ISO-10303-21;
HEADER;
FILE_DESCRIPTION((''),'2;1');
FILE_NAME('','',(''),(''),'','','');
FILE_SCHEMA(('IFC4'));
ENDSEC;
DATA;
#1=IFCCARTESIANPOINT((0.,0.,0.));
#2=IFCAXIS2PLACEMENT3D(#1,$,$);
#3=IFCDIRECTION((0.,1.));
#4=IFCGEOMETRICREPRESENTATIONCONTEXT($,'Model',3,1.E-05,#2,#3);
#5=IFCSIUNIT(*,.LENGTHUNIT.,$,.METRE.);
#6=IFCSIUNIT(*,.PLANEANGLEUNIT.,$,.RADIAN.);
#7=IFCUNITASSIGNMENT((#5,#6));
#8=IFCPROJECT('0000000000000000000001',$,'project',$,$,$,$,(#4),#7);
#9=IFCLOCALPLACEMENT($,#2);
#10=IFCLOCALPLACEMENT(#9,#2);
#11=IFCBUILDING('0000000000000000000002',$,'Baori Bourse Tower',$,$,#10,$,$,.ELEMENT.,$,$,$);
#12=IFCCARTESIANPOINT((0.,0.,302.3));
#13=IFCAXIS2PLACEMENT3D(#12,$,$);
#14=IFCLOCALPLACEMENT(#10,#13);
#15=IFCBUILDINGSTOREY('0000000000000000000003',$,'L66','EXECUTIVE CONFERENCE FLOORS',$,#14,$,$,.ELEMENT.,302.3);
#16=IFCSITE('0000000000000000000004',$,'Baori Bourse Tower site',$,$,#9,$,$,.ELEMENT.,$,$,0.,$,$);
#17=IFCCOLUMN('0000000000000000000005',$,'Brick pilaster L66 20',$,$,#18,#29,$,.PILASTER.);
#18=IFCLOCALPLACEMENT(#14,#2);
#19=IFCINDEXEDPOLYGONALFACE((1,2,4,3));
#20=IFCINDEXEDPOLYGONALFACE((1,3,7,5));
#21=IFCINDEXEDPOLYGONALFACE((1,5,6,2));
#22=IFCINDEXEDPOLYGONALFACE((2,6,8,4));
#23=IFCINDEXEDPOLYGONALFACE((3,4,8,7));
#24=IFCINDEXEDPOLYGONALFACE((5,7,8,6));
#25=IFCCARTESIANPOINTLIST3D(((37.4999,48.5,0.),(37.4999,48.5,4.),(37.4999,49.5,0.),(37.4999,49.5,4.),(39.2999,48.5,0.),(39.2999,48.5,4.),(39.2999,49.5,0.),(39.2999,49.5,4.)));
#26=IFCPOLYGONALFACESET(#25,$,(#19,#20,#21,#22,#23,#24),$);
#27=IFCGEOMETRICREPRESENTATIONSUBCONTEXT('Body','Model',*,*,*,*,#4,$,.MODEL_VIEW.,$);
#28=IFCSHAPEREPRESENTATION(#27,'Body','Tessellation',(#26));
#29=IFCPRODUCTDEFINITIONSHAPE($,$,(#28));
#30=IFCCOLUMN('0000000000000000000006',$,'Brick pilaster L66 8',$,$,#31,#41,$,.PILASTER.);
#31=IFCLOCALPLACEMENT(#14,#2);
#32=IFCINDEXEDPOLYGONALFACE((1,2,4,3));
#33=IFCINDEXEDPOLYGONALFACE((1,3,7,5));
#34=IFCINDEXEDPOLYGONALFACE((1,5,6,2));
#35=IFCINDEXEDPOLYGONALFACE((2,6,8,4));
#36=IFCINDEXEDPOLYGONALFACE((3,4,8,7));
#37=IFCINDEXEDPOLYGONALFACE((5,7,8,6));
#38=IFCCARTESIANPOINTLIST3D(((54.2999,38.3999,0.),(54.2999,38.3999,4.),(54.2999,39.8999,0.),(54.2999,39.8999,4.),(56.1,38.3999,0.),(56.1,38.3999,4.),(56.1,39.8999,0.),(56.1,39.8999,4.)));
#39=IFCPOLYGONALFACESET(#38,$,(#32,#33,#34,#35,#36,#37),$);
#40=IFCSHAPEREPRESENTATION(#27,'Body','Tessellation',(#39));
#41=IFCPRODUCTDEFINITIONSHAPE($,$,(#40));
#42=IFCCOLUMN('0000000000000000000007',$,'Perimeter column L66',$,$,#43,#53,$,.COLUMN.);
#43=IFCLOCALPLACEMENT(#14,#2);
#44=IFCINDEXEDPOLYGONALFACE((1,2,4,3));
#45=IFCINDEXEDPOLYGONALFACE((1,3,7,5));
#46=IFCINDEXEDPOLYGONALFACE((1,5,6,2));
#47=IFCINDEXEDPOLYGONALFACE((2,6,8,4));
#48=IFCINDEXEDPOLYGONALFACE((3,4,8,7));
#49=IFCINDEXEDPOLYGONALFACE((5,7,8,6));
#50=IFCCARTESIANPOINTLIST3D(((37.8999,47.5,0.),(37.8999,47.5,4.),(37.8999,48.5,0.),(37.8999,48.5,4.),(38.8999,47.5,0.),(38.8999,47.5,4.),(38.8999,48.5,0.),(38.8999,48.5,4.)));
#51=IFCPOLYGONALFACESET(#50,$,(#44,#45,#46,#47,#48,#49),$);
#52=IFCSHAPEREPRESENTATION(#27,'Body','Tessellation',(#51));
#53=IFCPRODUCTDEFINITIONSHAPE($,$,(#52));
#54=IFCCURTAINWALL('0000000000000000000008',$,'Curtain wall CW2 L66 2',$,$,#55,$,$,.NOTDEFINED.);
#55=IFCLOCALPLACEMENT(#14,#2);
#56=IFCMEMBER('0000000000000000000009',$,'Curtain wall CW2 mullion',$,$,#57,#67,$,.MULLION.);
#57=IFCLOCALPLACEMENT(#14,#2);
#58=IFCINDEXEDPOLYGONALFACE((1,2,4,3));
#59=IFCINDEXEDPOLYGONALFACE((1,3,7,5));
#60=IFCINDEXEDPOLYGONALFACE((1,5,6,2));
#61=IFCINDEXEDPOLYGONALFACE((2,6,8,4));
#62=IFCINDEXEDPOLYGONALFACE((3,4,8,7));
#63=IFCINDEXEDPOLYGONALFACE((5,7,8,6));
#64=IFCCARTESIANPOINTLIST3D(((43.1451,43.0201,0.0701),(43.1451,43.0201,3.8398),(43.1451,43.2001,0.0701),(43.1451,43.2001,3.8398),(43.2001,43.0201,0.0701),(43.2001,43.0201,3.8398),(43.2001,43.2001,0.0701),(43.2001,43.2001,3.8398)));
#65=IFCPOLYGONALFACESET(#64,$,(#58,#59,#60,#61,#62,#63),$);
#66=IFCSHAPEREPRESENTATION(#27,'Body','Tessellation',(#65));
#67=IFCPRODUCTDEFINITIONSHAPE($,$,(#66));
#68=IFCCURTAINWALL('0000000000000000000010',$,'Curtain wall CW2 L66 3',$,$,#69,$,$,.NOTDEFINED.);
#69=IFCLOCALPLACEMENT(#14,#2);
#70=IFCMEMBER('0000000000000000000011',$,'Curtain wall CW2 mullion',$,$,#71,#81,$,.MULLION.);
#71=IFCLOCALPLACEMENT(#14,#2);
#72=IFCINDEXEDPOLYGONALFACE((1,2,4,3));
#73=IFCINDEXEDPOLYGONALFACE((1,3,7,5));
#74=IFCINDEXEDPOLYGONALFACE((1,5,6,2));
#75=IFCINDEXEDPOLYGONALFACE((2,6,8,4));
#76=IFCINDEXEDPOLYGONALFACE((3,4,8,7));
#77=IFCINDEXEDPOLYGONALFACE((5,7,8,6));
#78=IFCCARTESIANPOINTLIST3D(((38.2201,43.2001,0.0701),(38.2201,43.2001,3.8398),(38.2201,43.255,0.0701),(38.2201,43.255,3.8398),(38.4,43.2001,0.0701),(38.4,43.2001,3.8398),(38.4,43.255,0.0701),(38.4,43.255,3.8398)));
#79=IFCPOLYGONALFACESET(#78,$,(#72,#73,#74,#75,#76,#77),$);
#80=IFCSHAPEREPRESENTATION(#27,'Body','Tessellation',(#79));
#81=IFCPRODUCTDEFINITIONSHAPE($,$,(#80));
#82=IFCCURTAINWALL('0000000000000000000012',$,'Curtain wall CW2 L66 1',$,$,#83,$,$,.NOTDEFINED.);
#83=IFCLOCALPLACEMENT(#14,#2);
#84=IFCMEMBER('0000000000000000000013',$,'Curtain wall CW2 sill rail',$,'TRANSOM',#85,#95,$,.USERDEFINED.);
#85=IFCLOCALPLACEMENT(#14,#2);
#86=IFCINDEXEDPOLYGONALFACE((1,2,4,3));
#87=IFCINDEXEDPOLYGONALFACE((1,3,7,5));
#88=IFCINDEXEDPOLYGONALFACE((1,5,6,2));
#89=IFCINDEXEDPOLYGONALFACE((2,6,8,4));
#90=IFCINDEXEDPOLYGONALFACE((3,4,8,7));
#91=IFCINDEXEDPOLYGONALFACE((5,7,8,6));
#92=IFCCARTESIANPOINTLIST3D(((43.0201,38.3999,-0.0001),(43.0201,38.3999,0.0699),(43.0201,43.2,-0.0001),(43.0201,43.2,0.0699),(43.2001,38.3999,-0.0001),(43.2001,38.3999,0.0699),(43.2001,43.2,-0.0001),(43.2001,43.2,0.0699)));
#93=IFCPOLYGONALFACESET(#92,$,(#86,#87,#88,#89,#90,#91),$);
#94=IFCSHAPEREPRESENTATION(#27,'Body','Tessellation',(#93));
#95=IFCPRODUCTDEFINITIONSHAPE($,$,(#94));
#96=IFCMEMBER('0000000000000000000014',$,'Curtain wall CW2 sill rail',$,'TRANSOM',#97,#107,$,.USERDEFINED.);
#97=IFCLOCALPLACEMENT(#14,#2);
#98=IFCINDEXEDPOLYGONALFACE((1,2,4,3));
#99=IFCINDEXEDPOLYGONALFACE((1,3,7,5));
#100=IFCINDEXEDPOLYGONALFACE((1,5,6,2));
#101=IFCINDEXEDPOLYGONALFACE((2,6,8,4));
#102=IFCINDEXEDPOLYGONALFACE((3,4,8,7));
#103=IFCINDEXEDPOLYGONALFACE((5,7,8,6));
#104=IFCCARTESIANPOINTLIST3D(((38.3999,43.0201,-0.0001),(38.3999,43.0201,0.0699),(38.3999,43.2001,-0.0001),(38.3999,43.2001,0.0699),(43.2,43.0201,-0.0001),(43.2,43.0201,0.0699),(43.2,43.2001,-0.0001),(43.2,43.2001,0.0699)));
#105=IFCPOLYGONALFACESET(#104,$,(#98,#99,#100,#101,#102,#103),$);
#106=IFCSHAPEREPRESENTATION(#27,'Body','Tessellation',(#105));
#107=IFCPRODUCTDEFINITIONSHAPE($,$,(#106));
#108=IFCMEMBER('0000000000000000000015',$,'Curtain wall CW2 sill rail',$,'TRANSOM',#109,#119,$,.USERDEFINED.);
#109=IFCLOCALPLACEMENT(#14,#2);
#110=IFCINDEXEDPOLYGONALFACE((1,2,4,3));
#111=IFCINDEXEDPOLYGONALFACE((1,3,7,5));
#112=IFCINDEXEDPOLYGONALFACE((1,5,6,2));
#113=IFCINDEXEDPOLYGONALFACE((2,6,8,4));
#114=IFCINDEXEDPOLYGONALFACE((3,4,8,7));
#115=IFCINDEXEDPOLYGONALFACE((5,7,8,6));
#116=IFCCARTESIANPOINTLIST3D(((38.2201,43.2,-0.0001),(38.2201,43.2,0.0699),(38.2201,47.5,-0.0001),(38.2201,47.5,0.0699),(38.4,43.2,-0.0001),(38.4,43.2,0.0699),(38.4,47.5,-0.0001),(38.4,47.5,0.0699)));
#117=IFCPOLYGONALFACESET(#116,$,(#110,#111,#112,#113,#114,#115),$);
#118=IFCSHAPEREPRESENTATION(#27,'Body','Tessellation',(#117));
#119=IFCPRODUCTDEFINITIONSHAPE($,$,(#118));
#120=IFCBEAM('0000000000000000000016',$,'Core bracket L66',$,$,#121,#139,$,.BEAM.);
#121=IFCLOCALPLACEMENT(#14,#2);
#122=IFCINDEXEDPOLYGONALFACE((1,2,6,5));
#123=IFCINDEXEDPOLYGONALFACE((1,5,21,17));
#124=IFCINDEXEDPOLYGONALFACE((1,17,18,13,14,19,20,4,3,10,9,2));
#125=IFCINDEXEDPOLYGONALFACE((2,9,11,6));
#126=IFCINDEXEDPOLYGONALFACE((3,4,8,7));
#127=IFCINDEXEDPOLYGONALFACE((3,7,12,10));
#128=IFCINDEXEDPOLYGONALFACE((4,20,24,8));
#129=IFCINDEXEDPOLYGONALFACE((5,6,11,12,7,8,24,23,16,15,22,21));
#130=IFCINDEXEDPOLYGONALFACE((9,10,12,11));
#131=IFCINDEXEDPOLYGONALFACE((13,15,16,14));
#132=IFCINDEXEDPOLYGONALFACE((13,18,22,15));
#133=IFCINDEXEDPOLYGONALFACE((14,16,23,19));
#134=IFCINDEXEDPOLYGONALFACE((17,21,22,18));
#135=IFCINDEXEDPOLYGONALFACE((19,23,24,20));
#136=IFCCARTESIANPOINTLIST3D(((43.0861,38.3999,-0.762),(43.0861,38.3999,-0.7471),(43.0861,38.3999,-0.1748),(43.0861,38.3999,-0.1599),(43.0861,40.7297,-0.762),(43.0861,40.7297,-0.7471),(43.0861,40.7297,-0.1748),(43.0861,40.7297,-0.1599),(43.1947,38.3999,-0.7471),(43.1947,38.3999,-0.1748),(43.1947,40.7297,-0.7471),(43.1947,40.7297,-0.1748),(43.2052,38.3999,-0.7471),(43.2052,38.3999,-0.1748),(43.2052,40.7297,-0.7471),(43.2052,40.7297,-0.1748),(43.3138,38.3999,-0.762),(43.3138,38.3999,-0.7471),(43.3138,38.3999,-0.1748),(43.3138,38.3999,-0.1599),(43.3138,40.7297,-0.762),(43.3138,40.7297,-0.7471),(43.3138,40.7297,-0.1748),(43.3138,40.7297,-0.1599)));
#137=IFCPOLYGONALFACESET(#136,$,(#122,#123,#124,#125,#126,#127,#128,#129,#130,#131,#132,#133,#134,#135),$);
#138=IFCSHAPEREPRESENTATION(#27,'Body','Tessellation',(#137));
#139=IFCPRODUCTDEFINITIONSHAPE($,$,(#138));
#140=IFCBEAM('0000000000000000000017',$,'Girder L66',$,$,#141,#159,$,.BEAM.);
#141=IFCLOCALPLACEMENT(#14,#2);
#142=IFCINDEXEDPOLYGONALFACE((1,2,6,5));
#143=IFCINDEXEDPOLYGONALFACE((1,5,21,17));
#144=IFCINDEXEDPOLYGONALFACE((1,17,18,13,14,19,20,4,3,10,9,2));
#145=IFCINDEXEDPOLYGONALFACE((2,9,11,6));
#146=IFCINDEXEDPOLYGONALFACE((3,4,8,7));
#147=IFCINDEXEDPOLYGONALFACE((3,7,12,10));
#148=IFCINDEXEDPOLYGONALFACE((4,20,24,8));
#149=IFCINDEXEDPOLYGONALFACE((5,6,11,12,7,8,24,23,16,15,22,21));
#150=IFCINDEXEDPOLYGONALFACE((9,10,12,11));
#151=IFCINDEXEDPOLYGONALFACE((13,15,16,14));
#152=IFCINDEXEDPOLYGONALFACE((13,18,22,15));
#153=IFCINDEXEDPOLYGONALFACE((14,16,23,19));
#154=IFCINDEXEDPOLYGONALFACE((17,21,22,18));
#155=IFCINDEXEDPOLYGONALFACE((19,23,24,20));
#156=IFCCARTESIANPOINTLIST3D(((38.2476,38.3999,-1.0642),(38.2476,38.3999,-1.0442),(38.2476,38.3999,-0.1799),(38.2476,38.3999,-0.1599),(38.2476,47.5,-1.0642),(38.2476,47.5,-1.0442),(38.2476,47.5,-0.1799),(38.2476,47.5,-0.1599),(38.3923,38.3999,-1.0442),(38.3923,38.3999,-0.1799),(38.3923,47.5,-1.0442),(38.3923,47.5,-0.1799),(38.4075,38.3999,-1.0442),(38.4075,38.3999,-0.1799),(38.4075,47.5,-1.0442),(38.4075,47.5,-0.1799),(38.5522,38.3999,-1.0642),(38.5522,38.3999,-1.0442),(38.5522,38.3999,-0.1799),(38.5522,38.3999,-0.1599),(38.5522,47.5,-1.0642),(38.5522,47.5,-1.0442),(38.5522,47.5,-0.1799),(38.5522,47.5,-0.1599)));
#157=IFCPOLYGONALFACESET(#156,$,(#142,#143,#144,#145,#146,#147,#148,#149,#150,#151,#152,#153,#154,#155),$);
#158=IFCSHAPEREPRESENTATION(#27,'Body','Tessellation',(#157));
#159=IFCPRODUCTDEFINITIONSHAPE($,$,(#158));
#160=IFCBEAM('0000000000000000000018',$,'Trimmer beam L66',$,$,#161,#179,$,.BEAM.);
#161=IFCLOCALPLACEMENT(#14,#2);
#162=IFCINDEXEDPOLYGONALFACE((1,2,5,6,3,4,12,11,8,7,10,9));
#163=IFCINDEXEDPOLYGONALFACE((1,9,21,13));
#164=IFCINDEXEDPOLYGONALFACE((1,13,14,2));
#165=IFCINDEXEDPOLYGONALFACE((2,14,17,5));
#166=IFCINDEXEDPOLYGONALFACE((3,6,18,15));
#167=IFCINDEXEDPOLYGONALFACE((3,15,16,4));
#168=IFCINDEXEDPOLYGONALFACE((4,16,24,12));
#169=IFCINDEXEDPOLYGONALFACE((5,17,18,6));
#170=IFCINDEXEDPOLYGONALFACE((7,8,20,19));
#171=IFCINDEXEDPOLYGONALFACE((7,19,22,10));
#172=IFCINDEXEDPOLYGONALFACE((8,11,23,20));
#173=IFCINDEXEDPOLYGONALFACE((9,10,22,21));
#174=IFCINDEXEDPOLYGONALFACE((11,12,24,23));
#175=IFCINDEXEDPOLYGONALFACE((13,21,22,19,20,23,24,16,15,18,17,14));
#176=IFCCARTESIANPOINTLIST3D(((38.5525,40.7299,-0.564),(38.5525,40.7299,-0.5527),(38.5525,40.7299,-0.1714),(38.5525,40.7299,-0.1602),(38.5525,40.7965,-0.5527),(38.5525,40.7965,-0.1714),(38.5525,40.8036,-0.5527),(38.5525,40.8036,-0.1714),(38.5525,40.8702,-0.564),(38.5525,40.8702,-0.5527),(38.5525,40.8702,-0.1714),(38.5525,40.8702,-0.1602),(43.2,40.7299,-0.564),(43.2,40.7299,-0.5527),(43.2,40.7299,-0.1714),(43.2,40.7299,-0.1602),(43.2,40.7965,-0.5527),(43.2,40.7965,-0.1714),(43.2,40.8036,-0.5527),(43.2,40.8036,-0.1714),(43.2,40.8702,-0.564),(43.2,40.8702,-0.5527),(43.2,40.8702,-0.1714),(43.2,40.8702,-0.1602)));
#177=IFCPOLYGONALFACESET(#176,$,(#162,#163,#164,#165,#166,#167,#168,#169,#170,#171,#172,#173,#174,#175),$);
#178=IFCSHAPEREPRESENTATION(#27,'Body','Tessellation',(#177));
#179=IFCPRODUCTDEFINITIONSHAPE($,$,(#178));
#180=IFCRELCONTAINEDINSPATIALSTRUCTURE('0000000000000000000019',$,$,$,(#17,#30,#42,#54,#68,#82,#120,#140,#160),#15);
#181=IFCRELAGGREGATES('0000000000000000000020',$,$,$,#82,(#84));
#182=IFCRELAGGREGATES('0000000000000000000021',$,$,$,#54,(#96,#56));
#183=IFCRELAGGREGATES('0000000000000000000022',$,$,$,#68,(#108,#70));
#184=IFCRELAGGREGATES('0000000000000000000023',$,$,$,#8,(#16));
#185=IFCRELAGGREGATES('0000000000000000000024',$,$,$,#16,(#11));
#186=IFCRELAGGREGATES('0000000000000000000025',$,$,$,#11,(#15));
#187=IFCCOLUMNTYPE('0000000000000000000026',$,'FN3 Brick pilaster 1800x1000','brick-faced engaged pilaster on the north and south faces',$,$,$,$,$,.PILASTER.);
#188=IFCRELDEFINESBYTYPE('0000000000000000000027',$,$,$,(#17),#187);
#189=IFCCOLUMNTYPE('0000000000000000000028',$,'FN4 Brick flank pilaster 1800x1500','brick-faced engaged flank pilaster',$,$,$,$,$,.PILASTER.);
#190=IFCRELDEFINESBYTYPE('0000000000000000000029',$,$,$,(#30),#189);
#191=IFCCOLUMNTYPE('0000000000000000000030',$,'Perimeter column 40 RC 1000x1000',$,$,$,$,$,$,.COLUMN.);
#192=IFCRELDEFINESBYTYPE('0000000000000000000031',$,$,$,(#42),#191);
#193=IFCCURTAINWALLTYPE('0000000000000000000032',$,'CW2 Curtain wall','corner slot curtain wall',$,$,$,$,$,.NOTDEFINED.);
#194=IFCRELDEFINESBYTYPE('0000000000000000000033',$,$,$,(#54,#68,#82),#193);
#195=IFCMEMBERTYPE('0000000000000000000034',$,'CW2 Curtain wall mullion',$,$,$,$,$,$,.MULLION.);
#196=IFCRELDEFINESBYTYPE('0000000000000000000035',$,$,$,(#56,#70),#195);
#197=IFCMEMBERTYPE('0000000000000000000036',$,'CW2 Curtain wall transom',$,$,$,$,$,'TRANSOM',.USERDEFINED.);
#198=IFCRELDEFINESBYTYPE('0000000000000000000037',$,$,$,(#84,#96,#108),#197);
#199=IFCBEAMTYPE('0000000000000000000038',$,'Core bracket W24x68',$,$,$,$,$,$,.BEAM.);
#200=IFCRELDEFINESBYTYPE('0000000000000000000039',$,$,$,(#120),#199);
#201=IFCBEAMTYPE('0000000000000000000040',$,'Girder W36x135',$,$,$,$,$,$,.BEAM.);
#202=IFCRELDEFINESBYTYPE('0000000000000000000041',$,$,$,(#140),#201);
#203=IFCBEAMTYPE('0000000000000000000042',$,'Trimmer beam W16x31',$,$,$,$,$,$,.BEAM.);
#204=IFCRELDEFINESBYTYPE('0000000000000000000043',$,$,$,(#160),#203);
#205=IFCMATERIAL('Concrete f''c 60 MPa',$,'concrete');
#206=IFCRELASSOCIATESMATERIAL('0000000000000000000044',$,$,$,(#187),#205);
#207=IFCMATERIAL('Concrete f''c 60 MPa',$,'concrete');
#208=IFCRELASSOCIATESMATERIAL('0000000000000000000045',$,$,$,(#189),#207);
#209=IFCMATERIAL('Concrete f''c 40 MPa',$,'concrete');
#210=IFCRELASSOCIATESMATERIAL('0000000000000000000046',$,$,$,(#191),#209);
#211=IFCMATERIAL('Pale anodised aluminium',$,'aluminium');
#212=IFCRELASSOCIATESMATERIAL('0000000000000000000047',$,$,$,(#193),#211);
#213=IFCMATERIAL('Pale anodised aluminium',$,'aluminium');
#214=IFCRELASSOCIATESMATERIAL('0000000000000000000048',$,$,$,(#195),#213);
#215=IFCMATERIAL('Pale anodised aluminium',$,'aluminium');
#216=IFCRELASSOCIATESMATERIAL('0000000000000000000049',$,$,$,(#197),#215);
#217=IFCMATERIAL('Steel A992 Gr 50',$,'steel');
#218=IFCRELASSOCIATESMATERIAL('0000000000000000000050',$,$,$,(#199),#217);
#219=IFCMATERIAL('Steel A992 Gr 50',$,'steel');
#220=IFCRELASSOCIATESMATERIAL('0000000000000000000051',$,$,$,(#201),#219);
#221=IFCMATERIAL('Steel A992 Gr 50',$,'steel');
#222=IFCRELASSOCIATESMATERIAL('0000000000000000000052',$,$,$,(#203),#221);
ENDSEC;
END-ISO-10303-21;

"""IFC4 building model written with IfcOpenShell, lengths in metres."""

from ifc_helpers import new_model, si_unit, direction, frame, origin, origin_2d, place, context, subcontext, project, spatial, rectangle, i_section, extrude, material, material_profile, profile_set, type_object, element, aggregate, save


model = new_model("IFC4")

# Units and contexts
model_context = context("Model", 3, precision=1e-05, world=origin(), true_north=direction((0.0, 1.0)))
body_context = subcontext(model_context, "Body", "Model", "MODEL_VIEW")
ifc_project = project(units=[si_unit("LENGTHUNIT", "METRE"), si_unit("PLANEANGLEUNIT", "RADIAN")], contexts=[model_context])

# Site, building, storey
site_placement = place(None, origin())
site = spatial("IfcSite", under=ifc_project, at=site_placement, Name="Baori Bourse Tower site", CompositionType="ELEMENT", RefElevation=0.0)
building_placement = place(site_placement, origin())
building = spatial("IfcBuilding", under=site, at=building_placement, Name="Baori Bourse Tower", CompositionType="ELEMENT")
storey_placement = place(building_placement, frame((0.0, 0.0, 302.3)))
storey = spatial("IfcBuildingStorey", under=building, at=storey_placement, Name="L66", Description="EXECUTIVE CONFERENCE FLOORS", CompositionType="ELEMENT", Elevation=302.3)

# Columns
ifc_material_1 = material(Name="Concrete f'c 60 MPa", Category="concrete")
ifc_material_profile_1 = material_profile(ifc_material_1, rectangle(XDim=1.8, YDim=1.0, at=origin_2d()), Name="RC 1800x1000")
ifc_profile_set_1 = profile_set([ifc_material_profile_1], Name="Concrete f'c 60 MPa")
column_type_1 = type_object("IfcColumnType", Name="FN3 Brick pilaster 1800x1000", Description="brick-faced engaged pilaster on the north and south faces", PredefinedType="PILASTER", material=ifc_profile_set_1)
column_1_placement = place(storey_placement, frame((38.3999, 49.0, 0.0), z_axis=(0.0, 0.0, 1.0), x_axis=(1.0, 0.0, 0.0)))
element("IfcColumn", 1, at=column_1_placement, inside=storey, type_object=column_type_1, Name="Brick pilaster L66 20", PredefinedType="PILASTER", context=body_context, shape_type="SweptSolid", body=[
    extrude(rectangle(XDim=1.8, YDim=1.0, at=origin_2d()), origin(), (0.0, 0.0, 1.0), 4.0),
])
ifc_material_2 = material(Name="Concrete f'c 60 MPa", Category="concrete")
ifc_material_profile_2 = material_profile(ifc_material_2, rectangle(XDim=1.8, YDim=1.5, at=origin_2d()), Name="RC 1800x1500")
ifc_profile_set_2 = profile_set([ifc_material_profile_2], Name="Concrete f'c 60 MPa")
column_type_2 = type_object("IfcColumnType", Name="FN4 Brick flank pilaster 1800x1500", Description="brick-faced engaged flank pilaster", PredefinedType="PILASTER", material=ifc_profile_set_2)
column_2_placement = place(storey_placement, frame((55.2, 39.1499, 0.0), z_axis=(0.0, 0.0, 1.0), x_axis=(1.0, 0.0, 0.0)))
element("IfcColumn", 2, at=column_2_placement, inside=storey, type_object=column_type_2, Name="Brick pilaster L66 8", PredefinedType="PILASTER", context=body_context, shape_type="SweptSolid", body=[
    extrude(rectangle(XDim=1.8, YDim=1.5, at=origin_2d()), origin(), (0.0, 0.0, 1.0), 4.0),
])
ifc_material_3 = material(Name="Concrete f'c 40 MPa", Category="concrete")
ifc_material_profile_3 = material_profile(ifc_material_3, rectangle(XDim=1.0, YDim=1.0, at=origin_2d()), Name="RC 1000x1000")
ifc_profile_set_3 = profile_set([ifc_material_profile_3], Name="Concrete f'c 40 MPa")
column_type_3 = type_object("IfcColumnType", Name="Perimeter column 40 RC 1000x1000", PredefinedType="COLUMN", material=ifc_profile_set_3)
column_3_placement = place(storey_placement, frame((38.3999, 48.0, 0.0), z_axis=(0.0, 0.0, 1.0), x_axis=(1.0, 0.0, 0.0)))
element("IfcColumn", 3, at=column_3_placement, inside=storey, type_object=column_type_3, Name="Perimeter column L66", PredefinedType="COLUMN", context=body_context, shape_type="SweptSolid", body=[
    extrude(rectangle(XDim=1.0, YDim=1.0, at=origin_2d()), origin(), (0.0, 0.0, 1.0), 4.0),
])

# Curtain walls, members
ifc_material_4 = material(Name="Pale anodised aluminium", Category="aluminium")
curtain_wall_type = type_object("IfcCurtainWallType", Name="CW2 Curtain wall", Description="corner slot curtain wall", PredefinedType="NOTDEFINED", material=ifc_material_4)
curtain_wall_1_placement = place(storey_placement, origin())
curtain_wall_1 = element("IfcCurtainWall", 4, at=curtain_wall_1_placement, inside=storey, type_object=curtain_wall_type, Name="Curtain wall CW2 L66 2", PredefinedType="NOTDEFINED")
ifc_material_5 = material(Name="Pale anodised aluminium", Category="aluminium")
ifc_material_profile_4 = material_profile(ifc_material_5, rectangle(XDim=0.1799, YDim=0.0549, at=origin_2d()), Name="Mullion 55x180")
ifc_profile_set_4 = profile_set([ifc_material_profile_4], Name="Pale anodised aluminium")
member_type_1 = type_object("IfcMemberType", Name="CW2 Curtain wall mullion", PredefinedType="MULLION", material=ifc_profile_set_4)
member_1_placement = place(storey_placement, frame((43.1726, 43.1101, 0.0701), z_axis=(0.0, 0.0, 1.0), x_axis=(0.0, -1.0, 0.0)))
member_1 = element("IfcMember", 5, at=member_1_placement, type_object=member_type_1, Name="Curtain wall CW2 mullion", PredefinedType="MULLION", context=body_context, shape_type="SweptSolid", body=[
    extrude(rectangle(XDim=0.1799, YDim=0.0549, at=origin_2d()), origin(), (0.0, 0.0, 1.0), 3.7698),
])
curtain_wall_2_placement = place(storey_placement, origin())
curtain_wall_2 = element("IfcCurtainWall", 6, at=curtain_wall_2_placement, inside=storey, type_object=curtain_wall_type, Name="Curtain wall CW2 L66 3", PredefinedType="NOTDEFINED")
member_2_placement = place(storey_placement, frame((38.3101, 43.2275, 0.0701), z_axis=(0.0, 0.0, 1.0), x_axis=(-1.0, 0.0, 0.0)))
member_2 = element("IfcMember", 7, at=member_2_placement, type_object=member_type_1, Name="Curtain wall CW2 mullion", PredefinedType="MULLION", context=body_context, shape_type="SweptSolid", body=[
    extrude(rectangle(XDim=0.1799, YDim=0.0549, at=origin_2d()), origin(), (0.0, 0.0, 1.0), 3.7698),
])
curtain_wall_3_placement = place(storey_placement, origin())
curtain_wall_3 = element("IfcCurtainWall", 8, at=curtain_wall_3_placement, inside=storey, type_object=curtain_wall_type, Name="Curtain wall CW2 L66 1", PredefinedType="NOTDEFINED")
ifc_material_6 = material(Name="Pale anodised aluminium", Category="aluminium")
ifc_material_profile_5 = material_profile(ifc_material_6, rectangle(XDim=0.1799, YDim=0.0701, at=origin_2d()), Name="Transom 70x180")
ifc_profile_set_5 = profile_set([ifc_material_profile_5], Name="Pale anodised aluminium")
member_type_2 = type_object("IfcMemberType", Name="CW2 Curtain wall transom", ElementType="TRANSOM", PredefinedType="USERDEFINED", material=ifc_profile_set_5)
member_3_placement = place(storey_placement, frame((43.1101, 38.3999, 0.0349), z_axis=(0.0, 1.0, 0.0), x_axis=(-1.0, 0.0, 0.0)))
member_3 = element("IfcMember", 9, at=member_3_placement, type_object=member_type_2, Name="Curtain wall CW2 sill rail", ObjectType="TRANSOM", PredefinedType="USERDEFINED", context=body_context, shape_type="SweptSolid", body=[
    extrude(rectangle(XDim=0.1799, YDim=0.0701, at=origin_2d()), origin(), (0.0, 0.0, 1.0), 4.8),
])

# Members
member_4_placement = place(storey_placement, frame((43.2, 43.1101, 0.0349), z_axis=(-1.0, 0.0, 0.0), x_axis=(0.0, -1.0, 0.0)))
member_4 = element("IfcMember", 10, at=member_4_placement, type_object=member_type_2, Name="Curtain wall CW2 sill rail", ObjectType="TRANSOM", PredefinedType="USERDEFINED", context=body_context, shape_type="SweptSolid", body=[
    extrude(rectangle(XDim=0.1799, YDim=0.0701, at=origin_2d()), origin(), (0.0, 0.0, 1.0), 4.8),
])
member_5_placement = place(storey_placement, frame((38.3101, 43.2, 0.0349), z_axis=(0.0, 1.0, 0.0), x_axis=(-1.0, 0.0, 0.0)))
member_5 = element("IfcMember", 11, at=member_5_placement, type_object=member_type_2, Name="Curtain wall CW2 sill rail", ObjectType="TRANSOM", PredefinedType="USERDEFINED", context=body_context, shape_type="SweptSolid", body=[
    extrude(rectangle(XDim=0.1799, YDim=0.0701, at=origin_2d()), origin(), (0.0, 0.0, 1.0), 4.3),
])

# Beams
ifc_material_7 = material(Name="Steel A992 Gr 50", Category="steel")
ifc_material_profile_6 = material_profile(ifc_material_7, i_section(OverallWidth=0.2278, OverallDepth=0.6021, WebThickness=0.0105, FlangeThickness=0.0149, at=origin_2d()), Name="W24x68")
ifc_profile_set_6 = profile_set([ifc_material_profile_6], Name="Steel A992 Gr 50")
beam_type_1 = type_object("IfcBeamType", Name="Core bracket W24x68", PredefinedType="BEAM", material=ifc_profile_set_6)
beam_1_placement = place(storey_placement, frame((43.2, 38.3999, -0.4609), z_axis=(0.0, 1.0, 0.0), x_axis=(-1.0, 0.0, 0.0)))
element("IfcBeam", 12, at=beam_1_placement, inside=storey, type_object=beam_type_1, Name="Core bracket L66", PredefinedType="BEAM", context=body_context, shape_type="SweptSolid", body=[
    extrude(i_section(OverallWidth=0.2278, OverallDepth=0.6021, WebThickness=0.0105, FlangeThickness=0.0149, at=origin_2d()), origin(), (0.0, 0.0, 1.0), 2.3298),
])
ifc_material_8 = material(Name="Steel A992 Gr 50", Category="steel")
ifc_material_profile_7 = material_profile(ifc_material_8, i_section(OverallWidth=0.3047, OverallDepth=0.9043, WebThickness=0.0151, FlangeThickness=0.02, at=origin_2d()), Name="W36x135")
ifc_profile_set_7 = profile_set([ifc_material_profile_7], Name="Steel A992 Gr 50")
beam_type_2 = type_object("IfcBeamType", Name="Girder W36x135", PredefinedType="BEAM", material=ifc_profile_set_7)
beam_2_placement = place(storey_placement, frame((38.3999, 38.3999, -0.6121), z_axis=(0.0, 1.0, 0.0), x_axis=(-1.0, 0.0, 0.0)))
element("IfcBeam", 13, at=beam_2_placement, inside=storey, type_object=beam_type_2, Name="Girder L66", PredefinedType="BEAM", context=body_context, shape_type="SweptSolid", body=[
    extrude(i_section(OverallWidth=0.3047, OverallDepth=0.9043, WebThickness=0.0151, FlangeThickness=0.02, at=origin_2d()), origin(), (0.0, 0.0, 1.0), 9.1001),
])
ifc_material_9 = material(Name="Steel A992 Gr 50", Category="steel")
ifc_material_profile_8 = material_profile(ifc_material_9, i_section(OverallWidth=0.1404, OverallDepth=0.4038, WebThickness=0.0071, FlangeThickness=0.0112, at=origin_2d()), Name="W16x31")
ifc_profile_set_8 = profile_set([ifc_material_profile_8], Name="Steel A992 Gr 50")
beam_type_3 = type_object("IfcBeamType", Name="Trimmer beam W16x31", PredefinedType="BEAM", material=ifc_profile_set_8)
beam_3_placement = place(storey_placement, frame((38.5525, 40.8, -0.3621), z_axis=(1.0, 0.0, 0.0), x_axis=(0.0, 1.0, 0.0)))
element("IfcBeam", 14, at=beam_3_placement, inside=storey, type_object=beam_type_3, Name="Trimmer beam L66", PredefinedType="BEAM", context=body_context, shape_type="SweptSolid", body=[
    extrude(i_section(OverallWidth=0.1404, OverallDepth=0.4038, WebThickness=0.0071, FlangeThickness=0.0112, at=origin_2d()), origin(), (0.0, 0.0, 1.0), 4.6475),
])

aggregate(curtain_wall_3, [member_3])
aggregate(curtain_wall_1, [member_4, member_1])
aggregate(curtain_wall_2, [member_5, member_2])

save(model, "model.ifc")
